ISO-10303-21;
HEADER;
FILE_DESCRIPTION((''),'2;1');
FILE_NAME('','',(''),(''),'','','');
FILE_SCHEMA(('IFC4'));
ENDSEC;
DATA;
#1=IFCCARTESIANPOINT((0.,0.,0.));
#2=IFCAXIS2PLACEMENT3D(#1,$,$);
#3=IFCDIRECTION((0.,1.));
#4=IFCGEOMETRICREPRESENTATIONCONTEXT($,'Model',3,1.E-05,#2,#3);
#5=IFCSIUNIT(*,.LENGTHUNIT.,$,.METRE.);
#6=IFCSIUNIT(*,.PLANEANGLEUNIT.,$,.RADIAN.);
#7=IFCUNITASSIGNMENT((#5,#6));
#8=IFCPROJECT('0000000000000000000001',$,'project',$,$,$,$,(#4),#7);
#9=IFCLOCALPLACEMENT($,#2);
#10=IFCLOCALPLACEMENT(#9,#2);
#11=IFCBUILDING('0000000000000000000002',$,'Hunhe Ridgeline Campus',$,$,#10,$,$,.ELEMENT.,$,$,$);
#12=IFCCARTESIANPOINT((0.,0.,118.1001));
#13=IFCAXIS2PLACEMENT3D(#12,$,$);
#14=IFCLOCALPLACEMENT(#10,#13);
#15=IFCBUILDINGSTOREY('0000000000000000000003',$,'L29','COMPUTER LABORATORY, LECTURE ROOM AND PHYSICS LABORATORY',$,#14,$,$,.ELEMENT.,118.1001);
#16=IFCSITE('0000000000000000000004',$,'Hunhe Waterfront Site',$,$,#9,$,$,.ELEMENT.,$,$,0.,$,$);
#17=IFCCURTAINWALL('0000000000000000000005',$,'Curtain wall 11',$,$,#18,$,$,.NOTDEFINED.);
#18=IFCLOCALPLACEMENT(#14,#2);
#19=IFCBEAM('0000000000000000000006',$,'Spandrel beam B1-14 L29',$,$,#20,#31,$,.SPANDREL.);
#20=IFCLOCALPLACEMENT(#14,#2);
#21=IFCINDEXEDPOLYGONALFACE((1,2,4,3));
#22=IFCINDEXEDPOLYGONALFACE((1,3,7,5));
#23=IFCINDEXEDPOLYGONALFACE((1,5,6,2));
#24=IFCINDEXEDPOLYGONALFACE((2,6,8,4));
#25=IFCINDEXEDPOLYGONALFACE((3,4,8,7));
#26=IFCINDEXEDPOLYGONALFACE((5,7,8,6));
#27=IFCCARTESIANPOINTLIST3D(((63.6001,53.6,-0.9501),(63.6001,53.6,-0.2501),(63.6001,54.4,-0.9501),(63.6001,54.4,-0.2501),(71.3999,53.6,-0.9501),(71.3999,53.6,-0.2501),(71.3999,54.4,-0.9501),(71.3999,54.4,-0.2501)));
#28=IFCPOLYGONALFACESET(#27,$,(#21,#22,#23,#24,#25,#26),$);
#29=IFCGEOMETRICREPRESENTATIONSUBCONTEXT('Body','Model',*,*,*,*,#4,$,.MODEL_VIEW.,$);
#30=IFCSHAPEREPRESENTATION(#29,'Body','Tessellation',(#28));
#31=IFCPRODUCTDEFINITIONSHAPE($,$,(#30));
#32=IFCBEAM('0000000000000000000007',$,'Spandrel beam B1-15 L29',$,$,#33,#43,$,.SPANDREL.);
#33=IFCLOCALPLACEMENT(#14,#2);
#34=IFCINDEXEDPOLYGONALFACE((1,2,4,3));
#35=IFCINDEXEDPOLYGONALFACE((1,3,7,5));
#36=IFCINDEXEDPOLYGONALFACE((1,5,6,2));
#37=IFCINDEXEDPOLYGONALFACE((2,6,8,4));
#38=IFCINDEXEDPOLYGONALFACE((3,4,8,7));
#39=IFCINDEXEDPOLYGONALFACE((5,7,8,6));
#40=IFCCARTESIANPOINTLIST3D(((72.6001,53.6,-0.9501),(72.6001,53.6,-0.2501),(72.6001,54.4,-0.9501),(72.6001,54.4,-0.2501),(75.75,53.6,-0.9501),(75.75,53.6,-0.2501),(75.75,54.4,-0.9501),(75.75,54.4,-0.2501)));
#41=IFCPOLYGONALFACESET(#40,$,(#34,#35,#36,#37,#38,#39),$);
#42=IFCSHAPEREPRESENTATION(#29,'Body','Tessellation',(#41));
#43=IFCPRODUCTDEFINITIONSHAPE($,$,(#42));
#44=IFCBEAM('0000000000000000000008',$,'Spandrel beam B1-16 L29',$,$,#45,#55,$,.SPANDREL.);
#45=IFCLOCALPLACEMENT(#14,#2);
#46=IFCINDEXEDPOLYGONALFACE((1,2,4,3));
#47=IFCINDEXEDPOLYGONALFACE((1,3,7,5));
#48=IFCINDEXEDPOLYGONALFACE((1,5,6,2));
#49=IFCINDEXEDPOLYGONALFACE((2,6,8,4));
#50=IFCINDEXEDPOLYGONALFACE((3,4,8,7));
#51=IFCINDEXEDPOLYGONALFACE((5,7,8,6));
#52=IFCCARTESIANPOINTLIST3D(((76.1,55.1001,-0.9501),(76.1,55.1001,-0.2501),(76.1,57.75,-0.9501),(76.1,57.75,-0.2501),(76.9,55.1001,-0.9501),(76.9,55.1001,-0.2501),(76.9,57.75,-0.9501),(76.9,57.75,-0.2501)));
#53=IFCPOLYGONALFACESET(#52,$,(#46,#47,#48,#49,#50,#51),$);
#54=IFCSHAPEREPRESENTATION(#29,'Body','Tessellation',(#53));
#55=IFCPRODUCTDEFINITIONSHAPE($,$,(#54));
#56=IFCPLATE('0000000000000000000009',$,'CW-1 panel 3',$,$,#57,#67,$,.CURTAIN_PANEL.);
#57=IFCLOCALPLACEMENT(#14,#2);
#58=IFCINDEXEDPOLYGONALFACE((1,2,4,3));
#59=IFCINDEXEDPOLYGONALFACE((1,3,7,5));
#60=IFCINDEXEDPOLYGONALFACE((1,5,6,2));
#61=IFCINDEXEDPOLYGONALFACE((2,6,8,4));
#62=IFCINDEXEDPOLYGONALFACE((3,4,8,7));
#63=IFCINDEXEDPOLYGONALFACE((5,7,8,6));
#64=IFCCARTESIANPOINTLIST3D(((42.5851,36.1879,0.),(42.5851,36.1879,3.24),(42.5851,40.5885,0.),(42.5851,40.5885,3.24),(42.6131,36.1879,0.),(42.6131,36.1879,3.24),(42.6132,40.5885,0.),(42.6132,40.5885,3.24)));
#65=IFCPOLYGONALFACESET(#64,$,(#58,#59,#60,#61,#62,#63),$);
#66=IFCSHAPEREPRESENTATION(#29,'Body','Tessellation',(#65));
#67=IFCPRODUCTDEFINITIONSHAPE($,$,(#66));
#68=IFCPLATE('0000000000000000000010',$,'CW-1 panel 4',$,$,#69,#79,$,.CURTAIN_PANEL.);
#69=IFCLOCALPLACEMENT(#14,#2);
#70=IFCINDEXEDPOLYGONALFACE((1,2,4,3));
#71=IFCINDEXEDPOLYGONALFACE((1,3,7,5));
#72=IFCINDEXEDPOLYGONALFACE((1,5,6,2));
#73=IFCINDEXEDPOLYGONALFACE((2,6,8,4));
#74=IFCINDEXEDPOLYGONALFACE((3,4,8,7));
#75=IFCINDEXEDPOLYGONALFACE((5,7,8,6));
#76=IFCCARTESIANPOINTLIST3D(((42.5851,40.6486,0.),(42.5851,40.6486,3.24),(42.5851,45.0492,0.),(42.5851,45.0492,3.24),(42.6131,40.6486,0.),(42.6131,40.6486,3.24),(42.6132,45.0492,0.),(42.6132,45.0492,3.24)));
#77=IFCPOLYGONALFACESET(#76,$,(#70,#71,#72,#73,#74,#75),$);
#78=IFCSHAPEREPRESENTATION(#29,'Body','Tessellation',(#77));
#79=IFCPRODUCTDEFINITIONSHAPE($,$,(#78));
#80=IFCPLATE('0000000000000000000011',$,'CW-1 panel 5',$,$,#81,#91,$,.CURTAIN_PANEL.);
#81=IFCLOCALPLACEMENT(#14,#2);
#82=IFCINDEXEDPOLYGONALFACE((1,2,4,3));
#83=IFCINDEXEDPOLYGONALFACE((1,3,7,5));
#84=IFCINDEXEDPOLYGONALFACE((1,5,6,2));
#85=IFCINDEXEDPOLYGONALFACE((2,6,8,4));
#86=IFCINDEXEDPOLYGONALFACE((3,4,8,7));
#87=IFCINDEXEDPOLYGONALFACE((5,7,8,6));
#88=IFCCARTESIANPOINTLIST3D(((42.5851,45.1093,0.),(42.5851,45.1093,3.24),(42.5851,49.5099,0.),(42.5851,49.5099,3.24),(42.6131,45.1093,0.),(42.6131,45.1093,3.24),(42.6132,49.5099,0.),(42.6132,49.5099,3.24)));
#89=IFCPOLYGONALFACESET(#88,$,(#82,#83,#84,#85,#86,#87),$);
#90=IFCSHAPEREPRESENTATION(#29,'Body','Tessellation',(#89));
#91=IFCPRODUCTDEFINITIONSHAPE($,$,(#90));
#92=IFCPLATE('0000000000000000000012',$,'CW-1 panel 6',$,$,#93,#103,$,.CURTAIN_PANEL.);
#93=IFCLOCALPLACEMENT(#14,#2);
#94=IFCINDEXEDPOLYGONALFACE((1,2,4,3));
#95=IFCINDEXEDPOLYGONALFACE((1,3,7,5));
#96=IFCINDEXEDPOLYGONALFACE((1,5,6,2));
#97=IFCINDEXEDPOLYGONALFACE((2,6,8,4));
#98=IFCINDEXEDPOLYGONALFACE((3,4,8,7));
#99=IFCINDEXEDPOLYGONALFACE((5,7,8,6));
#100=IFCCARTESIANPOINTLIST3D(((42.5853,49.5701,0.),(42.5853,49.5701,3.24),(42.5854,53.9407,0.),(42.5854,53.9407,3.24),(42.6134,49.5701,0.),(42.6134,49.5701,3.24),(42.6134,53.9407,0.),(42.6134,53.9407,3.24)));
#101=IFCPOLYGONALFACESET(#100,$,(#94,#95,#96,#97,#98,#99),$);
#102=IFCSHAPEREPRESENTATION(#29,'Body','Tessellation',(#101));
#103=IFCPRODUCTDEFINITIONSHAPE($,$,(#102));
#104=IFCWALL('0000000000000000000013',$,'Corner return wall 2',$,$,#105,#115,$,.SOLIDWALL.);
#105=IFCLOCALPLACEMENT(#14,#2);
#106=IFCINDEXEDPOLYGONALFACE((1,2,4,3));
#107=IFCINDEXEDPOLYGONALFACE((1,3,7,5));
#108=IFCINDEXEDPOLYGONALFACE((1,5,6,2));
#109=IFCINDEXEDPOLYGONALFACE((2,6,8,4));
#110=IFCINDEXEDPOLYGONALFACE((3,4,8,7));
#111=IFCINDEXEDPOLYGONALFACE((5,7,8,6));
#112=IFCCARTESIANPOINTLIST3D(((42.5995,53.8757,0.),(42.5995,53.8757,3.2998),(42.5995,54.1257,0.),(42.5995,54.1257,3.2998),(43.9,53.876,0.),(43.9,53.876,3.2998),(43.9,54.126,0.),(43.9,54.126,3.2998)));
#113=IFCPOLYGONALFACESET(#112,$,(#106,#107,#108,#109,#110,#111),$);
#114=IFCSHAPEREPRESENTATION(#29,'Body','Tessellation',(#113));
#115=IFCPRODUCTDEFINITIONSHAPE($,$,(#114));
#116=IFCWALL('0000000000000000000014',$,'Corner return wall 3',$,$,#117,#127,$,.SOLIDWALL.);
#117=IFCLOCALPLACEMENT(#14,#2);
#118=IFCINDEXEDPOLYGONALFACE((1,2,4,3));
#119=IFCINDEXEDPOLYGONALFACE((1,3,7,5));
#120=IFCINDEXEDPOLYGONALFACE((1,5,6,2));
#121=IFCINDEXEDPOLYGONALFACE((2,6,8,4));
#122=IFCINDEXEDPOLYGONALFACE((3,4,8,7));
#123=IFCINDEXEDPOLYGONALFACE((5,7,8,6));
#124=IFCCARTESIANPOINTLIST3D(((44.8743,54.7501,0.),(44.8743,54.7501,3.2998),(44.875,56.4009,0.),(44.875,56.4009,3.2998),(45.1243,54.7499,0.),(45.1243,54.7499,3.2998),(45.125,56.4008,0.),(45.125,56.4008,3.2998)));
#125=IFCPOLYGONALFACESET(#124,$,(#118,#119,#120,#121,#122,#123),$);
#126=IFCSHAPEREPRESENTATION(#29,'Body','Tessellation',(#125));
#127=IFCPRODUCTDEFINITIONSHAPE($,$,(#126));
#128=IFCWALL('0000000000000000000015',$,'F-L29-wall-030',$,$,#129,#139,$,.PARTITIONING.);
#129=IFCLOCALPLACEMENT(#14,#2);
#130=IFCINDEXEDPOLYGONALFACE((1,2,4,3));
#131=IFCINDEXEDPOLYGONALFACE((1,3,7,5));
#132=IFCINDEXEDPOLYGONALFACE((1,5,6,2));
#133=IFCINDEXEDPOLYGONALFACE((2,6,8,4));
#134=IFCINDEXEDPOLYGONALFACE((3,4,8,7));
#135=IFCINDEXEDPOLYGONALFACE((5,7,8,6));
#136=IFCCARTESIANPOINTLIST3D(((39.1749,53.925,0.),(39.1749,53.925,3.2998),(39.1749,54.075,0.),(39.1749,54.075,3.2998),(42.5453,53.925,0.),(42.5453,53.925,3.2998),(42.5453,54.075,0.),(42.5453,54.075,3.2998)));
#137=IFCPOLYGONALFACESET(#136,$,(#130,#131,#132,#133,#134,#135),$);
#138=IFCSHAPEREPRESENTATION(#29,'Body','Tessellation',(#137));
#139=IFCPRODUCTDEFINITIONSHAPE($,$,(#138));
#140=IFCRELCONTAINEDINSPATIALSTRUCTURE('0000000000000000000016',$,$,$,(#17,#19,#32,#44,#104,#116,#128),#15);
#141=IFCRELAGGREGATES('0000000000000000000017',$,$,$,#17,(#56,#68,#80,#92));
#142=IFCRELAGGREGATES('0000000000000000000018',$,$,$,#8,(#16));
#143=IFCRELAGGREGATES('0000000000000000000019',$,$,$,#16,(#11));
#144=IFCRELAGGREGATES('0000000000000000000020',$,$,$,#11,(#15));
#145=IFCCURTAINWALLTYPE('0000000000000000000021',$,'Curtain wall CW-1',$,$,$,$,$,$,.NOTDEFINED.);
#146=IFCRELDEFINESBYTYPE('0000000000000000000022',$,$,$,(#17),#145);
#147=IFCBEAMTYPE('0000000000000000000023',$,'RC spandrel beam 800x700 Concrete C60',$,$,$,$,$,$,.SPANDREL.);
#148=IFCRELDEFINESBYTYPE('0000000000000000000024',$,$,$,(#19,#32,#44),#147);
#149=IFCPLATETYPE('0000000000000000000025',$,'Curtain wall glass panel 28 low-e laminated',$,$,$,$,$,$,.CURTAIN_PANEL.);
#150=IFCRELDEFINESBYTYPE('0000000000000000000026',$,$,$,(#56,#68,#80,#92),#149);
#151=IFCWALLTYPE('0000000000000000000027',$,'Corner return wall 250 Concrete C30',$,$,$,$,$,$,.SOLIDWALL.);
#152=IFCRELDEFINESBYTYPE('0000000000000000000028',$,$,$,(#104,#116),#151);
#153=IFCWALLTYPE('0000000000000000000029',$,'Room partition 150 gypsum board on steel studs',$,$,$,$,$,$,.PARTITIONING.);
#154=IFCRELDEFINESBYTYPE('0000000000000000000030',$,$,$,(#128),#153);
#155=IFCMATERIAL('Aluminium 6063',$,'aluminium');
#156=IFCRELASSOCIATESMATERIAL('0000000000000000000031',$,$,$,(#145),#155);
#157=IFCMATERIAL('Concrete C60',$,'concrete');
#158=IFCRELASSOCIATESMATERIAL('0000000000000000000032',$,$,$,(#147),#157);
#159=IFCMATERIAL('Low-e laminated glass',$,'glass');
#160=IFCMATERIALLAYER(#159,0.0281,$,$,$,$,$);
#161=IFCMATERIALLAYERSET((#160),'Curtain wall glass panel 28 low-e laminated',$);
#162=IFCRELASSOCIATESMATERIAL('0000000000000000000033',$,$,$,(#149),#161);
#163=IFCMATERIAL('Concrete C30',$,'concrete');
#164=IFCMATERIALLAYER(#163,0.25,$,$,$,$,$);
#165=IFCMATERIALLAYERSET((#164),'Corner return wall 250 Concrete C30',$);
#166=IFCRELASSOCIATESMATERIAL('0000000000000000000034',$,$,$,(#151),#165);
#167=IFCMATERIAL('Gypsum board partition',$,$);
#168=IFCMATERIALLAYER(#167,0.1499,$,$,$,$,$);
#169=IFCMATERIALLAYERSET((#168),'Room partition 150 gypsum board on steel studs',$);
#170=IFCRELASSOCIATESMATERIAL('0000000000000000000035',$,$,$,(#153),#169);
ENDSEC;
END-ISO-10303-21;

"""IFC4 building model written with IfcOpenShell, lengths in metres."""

from ifc_helpers import new_model, si_unit, direction, frame, frame_2d, origin, origin_2d, place, context, subcontext, project, spatial, rectangle, extrude, material, layer, layer_set, material_profile, profile_set, type_object, element, aggregate, save


model = new_model("IFC4")

# Units and contexts
model_context = context("Model", 3, precision=1e-05, world=origin(), true_north=direction((0.0, 1.0)))
body_context = subcontext(model_context, "Body", "Model", "MODEL_VIEW")
ifc_project = project(units=[si_unit("LENGTHUNIT", "METRE"), si_unit("PLANEANGLEUNIT", "RADIAN")], contexts=[model_context])

# Site, building, storey
site_placement = place(None, origin())
site = spatial("IfcSite", under=ifc_project, at=site_placement, Name="Hunhe Waterfront Site", CompositionType="ELEMENT", RefElevation=0.0)
building_placement = place(site_placement, origin())
building = spatial("IfcBuilding", under=site, at=building_placement, Name="Hunhe Ridgeline Campus", CompositionType="ELEMENT")
storey_placement = place(building_placement, frame((0.0, 0.0, 118.1001)))
storey = spatial("IfcBuildingStorey", under=building, at=storey_placement, Name="L29", Description="COMPUTER LABORATORY, LECTURE ROOM AND PHYSICS LABORATORY", CompositionType="ELEMENT", Elevation=118.1001)

# Curtain wall
ifc_material_1 = material(Name="Aluminium 6063", Category="aluminium")
curtain_wall_type = type_object("IfcCurtainWallType", Name="Curtain wall CW-1", PredefinedType="NOTDEFINED", material=ifc_material_1)
curtain_wall_placement = place(storey_placement, origin())
curtain_wall = element("IfcCurtainWall", 1, at=curtain_wall_placement, inside=storey, type_object=curtain_wall_type, Name="Curtain wall 11", PredefinedType="NOTDEFINED")

# Beams
ifc_material_2 = material(Name="Concrete C60", Category="concrete")
ifc_material_profile_1 = material_profile(ifc_material_2, rectangle(XDim=0.8, YDim=0.7, at=origin_2d()))
ifc_profile_set_1 = profile_set([ifc_material_profile_1], Name="Concrete C60")
beam_type = type_object("IfcBeamType", Name="RC spandrel beam 800x700 Concrete C60", PredefinedType="SPANDREL", material=ifc_profile_set_1)
for number, where, z_axis, x_axis, name in (
    (2, (63.6001, 54.0, -0.6001), (1.0, 0.0, 0.0), (0.0, 1.0, 0.0), "Spandrel beam B1-14 L29"),
):
    element("IfcBeam", number, at=place(storey_placement, frame(where, z_axis=z_axis, x_axis=x_axis)), inside=storey, type_object=beam_type, Name=name, PredefinedType="SPANDREL", context=body_context, shape_type="SweptSolid", body=[
        extrude(rectangle(XDim=0.8, YDim=0.7, at=origin_2d()), origin(), (0.0, 0.0, 1.0), 7.7998),
    ])
beam_1_placement = place(storey_placement, frame((72.6001, 54.0, -0.6001), z_axis=(1.0, 0.0, 0.0), x_axis=(0.0, 1.0, 0.0)))
element("IfcBeam", 3, at=beam_1_placement, inside=storey, type_object=beam_type, Name="Spandrel beam B1-15 L29", PredefinedType="SPANDREL", context=body_context, shape_type="SweptSolid", body=[
    extrude(rectangle(XDim=0.8, YDim=0.7, at=origin_2d()), origin(), (0.0, 0.0, 1.0), 3.1499),
])
beam_2_placement = place(storey_placement, frame((76.5, 55.1001, -0.6001), z_axis=(0.0, 1.0, 0.0), x_axis=(-1.0, 0.0, 0.0)))
element("IfcBeam", 4, at=beam_2_placement, inside=storey, type_object=beam_type, Name="Spandrel beam B1-16 L29", PredefinedType="SPANDREL", context=body_context, shape_type="SweptSolid", body=[
    extrude(rectangle(XDim=0.8, YDim=0.7, at=origin_2d()), origin(), (0.0, 0.0, 1.0), 2.6499),
])

# Plates
ifc_material_3 = material(Name="Low-e laminated glass", Category="glass")
ifc_layer_1 = layer(ifc_material_3, 0.0281)
ifc_layer_set_1 = layer_set([ifc_layer_1], Name="Curtain wall glass panel 28 low-e laminated")
plate_type = type_object("IfcPlateType", Name="Curtain wall glass panel 28 low-e laminated", PredefinedType="CURTAIN_PANEL", material=ifc_layer_set_1)
plate_1_placement = place(storey_placement, frame((42.5991, 38.3882, 0.0), z_axis=(0.0, 0.0, 1.0), x_axis=(0.000011, 1.0, 0.0)))
plate_1 = element("IfcPlate", 5, at=plate_1_placement, type_object=plate_type, Name="CW-1 panel 3", PredefinedType="CURTAIN_PANEL", context=body_context, shape_type="SweptSolid", body=[
    extrude(rectangle(XDim=4.4006, YDim=0.0281, at=origin_2d()), origin(), (0.0, 0.0, 1.0), 3.24),
])
plate_2_placement = place(storey_placement, frame((42.5991, 42.8489, 0.0), z_axis=(0.0, 0.0, 1.0), x_axis=(0.000011, 1.0, 0.0)))
plate_2 = element("IfcPlate", 6, at=plate_2_placement, type_object=plate_type, Name="CW-1 panel 4", PredefinedType="CURTAIN_PANEL", context=body_context, shape_type="SweptSolid", body=[
    extrude(rectangle(XDim=4.4006, YDim=0.0281, at=origin_2d()), origin(), (0.0, 0.0, 1.0), 3.24),
])
plate_3_placement = place(storey_placement, frame((42.5991, 47.3096, 0.0), z_axis=(0.0, 0.0, 1.0), x_axis=(0.000011, 1.0, 0.0)))
plate_3 = element("IfcPlate", 7, at=plate_3_placement, type_object=plate_type, Name="CW-1 panel 5", PredefinedType="CURTAIN_PANEL", context=body_context, shape_type="SweptSolid", body=[
    extrude(rectangle(XDim=4.4006, YDim=0.0281, at=origin_2d()), origin(), (0.0, 0.0, 1.0), 3.24),
])
plate_4_placement = place(storey_placement, frame((42.5994, 51.7554, 0.0), z_axis=(0.0, 0.0, 1.0), x_axis=(0.000011, 1.0, 0.0)))
plate_4 = element("IfcPlate", 8, at=plate_4_placement, type_object=plate_type, Name="CW-1 panel 6", PredefinedType="CURTAIN_PANEL", context=body_context, shape_type="SweptSolid", body=[
    extrude(rectangle(XDim=4.3706, YDim=0.0281, at=origin_2d()), origin(), (0.0, 0.0, 1.0), 3.24),
])
aggregate(curtain_wall, [plate_1, plate_2, plate_3, plate_4])

# Walls
ifc_material_4 = material(Name="Concrete C30", Category="concrete")
ifc_layer_2 = layer(ifc_material_4, 0.25)
ifc_layer_set_2 = layer_set([ifc_layer_2], Name="Corner return wall 250 Concrete C30")
wall_type_1 = type_object("IfcWallType", Name="Corner return wall 250 Concrete C30", PredefinedType="SOLIDWALL", material=ifc_layer_set_2)
wall_1_placement = place(storey_placement, frame((42.5994, 54.0007, 0.0), z_axis=(0.0, 0.0, 1.0), x_axis=(1.0, 0.000188, 0.0)))
element("IfcWall", 9, at=wall_1_placement, inside=storey, type_object=wall_type_1, Name="Corner return wall 2", PredefinedType="SOLIDWALL", context=body_context, shape_type="SweptSolid", body=[
    extrude(rectangle(XDim=1.3005, YDim=0.25, at=frame_2d((0.6504, 0.0))), origin(), (0.0, 0.0, 1.0), 3.2998),
])
wall_2_placement = place(storey_placement, frame((44.9993, 54.75, 0.0), z_axis=(0.0, 0.0, 1.0), x_axis=(0.000444, 1.0, 0.0)))
element("IfcWall", 10, at=wall_2_placement, inside=storey, type_object=wall_type_1, Name="Corner return wall 3", PredefinedType="SOLIDWALL", context=body_context, shape_type="SweptSolid", body=[
    extrude(rectangle(XDim=1.6509, YDim=0.25, at=frame_2d((0.8254, 0.0))), origin(), (0.0, 0.0, 1.0), 3.2998),
])
ifc_material_5 = material(Name="Gypsum board partition")
ifc_layer_3 = layer(ifc_material_5, 0.1499)
ifc_layer_set_3 = layer_set([ifc_layer_3], Name="Room partition 150 gypsum board on steel studs")
wall_type_2 = type_object("IfcWallType", Name="Room partition 150 gypsum board on steel studs", PredefinedType="PARTITIONING", material=ifc_layer_set_3)
wall_3_placement = place(storey_placement, frame((39.175, 54.0, 0.0), z_axis=(0.0, 0.0, 1.0), x_axis=(1.0, 0.0, 0.0)))
element("IfcWall", 11, at=wall_3_placement, inside=storey, type_object=wall_type_2, Name="F-L29-wall-030", PredefinedType="PARTITIONING", context=body_context, shape_type="SweptSolid", body=[
    extrude(rectangle(XDim=3.3704, YDim=0.1499, at=frame_2d((1.6851, 0.0))), origin(), (0.0, 0.0, 1.0), 3.2998),
])

save(model, "model.ifc")
